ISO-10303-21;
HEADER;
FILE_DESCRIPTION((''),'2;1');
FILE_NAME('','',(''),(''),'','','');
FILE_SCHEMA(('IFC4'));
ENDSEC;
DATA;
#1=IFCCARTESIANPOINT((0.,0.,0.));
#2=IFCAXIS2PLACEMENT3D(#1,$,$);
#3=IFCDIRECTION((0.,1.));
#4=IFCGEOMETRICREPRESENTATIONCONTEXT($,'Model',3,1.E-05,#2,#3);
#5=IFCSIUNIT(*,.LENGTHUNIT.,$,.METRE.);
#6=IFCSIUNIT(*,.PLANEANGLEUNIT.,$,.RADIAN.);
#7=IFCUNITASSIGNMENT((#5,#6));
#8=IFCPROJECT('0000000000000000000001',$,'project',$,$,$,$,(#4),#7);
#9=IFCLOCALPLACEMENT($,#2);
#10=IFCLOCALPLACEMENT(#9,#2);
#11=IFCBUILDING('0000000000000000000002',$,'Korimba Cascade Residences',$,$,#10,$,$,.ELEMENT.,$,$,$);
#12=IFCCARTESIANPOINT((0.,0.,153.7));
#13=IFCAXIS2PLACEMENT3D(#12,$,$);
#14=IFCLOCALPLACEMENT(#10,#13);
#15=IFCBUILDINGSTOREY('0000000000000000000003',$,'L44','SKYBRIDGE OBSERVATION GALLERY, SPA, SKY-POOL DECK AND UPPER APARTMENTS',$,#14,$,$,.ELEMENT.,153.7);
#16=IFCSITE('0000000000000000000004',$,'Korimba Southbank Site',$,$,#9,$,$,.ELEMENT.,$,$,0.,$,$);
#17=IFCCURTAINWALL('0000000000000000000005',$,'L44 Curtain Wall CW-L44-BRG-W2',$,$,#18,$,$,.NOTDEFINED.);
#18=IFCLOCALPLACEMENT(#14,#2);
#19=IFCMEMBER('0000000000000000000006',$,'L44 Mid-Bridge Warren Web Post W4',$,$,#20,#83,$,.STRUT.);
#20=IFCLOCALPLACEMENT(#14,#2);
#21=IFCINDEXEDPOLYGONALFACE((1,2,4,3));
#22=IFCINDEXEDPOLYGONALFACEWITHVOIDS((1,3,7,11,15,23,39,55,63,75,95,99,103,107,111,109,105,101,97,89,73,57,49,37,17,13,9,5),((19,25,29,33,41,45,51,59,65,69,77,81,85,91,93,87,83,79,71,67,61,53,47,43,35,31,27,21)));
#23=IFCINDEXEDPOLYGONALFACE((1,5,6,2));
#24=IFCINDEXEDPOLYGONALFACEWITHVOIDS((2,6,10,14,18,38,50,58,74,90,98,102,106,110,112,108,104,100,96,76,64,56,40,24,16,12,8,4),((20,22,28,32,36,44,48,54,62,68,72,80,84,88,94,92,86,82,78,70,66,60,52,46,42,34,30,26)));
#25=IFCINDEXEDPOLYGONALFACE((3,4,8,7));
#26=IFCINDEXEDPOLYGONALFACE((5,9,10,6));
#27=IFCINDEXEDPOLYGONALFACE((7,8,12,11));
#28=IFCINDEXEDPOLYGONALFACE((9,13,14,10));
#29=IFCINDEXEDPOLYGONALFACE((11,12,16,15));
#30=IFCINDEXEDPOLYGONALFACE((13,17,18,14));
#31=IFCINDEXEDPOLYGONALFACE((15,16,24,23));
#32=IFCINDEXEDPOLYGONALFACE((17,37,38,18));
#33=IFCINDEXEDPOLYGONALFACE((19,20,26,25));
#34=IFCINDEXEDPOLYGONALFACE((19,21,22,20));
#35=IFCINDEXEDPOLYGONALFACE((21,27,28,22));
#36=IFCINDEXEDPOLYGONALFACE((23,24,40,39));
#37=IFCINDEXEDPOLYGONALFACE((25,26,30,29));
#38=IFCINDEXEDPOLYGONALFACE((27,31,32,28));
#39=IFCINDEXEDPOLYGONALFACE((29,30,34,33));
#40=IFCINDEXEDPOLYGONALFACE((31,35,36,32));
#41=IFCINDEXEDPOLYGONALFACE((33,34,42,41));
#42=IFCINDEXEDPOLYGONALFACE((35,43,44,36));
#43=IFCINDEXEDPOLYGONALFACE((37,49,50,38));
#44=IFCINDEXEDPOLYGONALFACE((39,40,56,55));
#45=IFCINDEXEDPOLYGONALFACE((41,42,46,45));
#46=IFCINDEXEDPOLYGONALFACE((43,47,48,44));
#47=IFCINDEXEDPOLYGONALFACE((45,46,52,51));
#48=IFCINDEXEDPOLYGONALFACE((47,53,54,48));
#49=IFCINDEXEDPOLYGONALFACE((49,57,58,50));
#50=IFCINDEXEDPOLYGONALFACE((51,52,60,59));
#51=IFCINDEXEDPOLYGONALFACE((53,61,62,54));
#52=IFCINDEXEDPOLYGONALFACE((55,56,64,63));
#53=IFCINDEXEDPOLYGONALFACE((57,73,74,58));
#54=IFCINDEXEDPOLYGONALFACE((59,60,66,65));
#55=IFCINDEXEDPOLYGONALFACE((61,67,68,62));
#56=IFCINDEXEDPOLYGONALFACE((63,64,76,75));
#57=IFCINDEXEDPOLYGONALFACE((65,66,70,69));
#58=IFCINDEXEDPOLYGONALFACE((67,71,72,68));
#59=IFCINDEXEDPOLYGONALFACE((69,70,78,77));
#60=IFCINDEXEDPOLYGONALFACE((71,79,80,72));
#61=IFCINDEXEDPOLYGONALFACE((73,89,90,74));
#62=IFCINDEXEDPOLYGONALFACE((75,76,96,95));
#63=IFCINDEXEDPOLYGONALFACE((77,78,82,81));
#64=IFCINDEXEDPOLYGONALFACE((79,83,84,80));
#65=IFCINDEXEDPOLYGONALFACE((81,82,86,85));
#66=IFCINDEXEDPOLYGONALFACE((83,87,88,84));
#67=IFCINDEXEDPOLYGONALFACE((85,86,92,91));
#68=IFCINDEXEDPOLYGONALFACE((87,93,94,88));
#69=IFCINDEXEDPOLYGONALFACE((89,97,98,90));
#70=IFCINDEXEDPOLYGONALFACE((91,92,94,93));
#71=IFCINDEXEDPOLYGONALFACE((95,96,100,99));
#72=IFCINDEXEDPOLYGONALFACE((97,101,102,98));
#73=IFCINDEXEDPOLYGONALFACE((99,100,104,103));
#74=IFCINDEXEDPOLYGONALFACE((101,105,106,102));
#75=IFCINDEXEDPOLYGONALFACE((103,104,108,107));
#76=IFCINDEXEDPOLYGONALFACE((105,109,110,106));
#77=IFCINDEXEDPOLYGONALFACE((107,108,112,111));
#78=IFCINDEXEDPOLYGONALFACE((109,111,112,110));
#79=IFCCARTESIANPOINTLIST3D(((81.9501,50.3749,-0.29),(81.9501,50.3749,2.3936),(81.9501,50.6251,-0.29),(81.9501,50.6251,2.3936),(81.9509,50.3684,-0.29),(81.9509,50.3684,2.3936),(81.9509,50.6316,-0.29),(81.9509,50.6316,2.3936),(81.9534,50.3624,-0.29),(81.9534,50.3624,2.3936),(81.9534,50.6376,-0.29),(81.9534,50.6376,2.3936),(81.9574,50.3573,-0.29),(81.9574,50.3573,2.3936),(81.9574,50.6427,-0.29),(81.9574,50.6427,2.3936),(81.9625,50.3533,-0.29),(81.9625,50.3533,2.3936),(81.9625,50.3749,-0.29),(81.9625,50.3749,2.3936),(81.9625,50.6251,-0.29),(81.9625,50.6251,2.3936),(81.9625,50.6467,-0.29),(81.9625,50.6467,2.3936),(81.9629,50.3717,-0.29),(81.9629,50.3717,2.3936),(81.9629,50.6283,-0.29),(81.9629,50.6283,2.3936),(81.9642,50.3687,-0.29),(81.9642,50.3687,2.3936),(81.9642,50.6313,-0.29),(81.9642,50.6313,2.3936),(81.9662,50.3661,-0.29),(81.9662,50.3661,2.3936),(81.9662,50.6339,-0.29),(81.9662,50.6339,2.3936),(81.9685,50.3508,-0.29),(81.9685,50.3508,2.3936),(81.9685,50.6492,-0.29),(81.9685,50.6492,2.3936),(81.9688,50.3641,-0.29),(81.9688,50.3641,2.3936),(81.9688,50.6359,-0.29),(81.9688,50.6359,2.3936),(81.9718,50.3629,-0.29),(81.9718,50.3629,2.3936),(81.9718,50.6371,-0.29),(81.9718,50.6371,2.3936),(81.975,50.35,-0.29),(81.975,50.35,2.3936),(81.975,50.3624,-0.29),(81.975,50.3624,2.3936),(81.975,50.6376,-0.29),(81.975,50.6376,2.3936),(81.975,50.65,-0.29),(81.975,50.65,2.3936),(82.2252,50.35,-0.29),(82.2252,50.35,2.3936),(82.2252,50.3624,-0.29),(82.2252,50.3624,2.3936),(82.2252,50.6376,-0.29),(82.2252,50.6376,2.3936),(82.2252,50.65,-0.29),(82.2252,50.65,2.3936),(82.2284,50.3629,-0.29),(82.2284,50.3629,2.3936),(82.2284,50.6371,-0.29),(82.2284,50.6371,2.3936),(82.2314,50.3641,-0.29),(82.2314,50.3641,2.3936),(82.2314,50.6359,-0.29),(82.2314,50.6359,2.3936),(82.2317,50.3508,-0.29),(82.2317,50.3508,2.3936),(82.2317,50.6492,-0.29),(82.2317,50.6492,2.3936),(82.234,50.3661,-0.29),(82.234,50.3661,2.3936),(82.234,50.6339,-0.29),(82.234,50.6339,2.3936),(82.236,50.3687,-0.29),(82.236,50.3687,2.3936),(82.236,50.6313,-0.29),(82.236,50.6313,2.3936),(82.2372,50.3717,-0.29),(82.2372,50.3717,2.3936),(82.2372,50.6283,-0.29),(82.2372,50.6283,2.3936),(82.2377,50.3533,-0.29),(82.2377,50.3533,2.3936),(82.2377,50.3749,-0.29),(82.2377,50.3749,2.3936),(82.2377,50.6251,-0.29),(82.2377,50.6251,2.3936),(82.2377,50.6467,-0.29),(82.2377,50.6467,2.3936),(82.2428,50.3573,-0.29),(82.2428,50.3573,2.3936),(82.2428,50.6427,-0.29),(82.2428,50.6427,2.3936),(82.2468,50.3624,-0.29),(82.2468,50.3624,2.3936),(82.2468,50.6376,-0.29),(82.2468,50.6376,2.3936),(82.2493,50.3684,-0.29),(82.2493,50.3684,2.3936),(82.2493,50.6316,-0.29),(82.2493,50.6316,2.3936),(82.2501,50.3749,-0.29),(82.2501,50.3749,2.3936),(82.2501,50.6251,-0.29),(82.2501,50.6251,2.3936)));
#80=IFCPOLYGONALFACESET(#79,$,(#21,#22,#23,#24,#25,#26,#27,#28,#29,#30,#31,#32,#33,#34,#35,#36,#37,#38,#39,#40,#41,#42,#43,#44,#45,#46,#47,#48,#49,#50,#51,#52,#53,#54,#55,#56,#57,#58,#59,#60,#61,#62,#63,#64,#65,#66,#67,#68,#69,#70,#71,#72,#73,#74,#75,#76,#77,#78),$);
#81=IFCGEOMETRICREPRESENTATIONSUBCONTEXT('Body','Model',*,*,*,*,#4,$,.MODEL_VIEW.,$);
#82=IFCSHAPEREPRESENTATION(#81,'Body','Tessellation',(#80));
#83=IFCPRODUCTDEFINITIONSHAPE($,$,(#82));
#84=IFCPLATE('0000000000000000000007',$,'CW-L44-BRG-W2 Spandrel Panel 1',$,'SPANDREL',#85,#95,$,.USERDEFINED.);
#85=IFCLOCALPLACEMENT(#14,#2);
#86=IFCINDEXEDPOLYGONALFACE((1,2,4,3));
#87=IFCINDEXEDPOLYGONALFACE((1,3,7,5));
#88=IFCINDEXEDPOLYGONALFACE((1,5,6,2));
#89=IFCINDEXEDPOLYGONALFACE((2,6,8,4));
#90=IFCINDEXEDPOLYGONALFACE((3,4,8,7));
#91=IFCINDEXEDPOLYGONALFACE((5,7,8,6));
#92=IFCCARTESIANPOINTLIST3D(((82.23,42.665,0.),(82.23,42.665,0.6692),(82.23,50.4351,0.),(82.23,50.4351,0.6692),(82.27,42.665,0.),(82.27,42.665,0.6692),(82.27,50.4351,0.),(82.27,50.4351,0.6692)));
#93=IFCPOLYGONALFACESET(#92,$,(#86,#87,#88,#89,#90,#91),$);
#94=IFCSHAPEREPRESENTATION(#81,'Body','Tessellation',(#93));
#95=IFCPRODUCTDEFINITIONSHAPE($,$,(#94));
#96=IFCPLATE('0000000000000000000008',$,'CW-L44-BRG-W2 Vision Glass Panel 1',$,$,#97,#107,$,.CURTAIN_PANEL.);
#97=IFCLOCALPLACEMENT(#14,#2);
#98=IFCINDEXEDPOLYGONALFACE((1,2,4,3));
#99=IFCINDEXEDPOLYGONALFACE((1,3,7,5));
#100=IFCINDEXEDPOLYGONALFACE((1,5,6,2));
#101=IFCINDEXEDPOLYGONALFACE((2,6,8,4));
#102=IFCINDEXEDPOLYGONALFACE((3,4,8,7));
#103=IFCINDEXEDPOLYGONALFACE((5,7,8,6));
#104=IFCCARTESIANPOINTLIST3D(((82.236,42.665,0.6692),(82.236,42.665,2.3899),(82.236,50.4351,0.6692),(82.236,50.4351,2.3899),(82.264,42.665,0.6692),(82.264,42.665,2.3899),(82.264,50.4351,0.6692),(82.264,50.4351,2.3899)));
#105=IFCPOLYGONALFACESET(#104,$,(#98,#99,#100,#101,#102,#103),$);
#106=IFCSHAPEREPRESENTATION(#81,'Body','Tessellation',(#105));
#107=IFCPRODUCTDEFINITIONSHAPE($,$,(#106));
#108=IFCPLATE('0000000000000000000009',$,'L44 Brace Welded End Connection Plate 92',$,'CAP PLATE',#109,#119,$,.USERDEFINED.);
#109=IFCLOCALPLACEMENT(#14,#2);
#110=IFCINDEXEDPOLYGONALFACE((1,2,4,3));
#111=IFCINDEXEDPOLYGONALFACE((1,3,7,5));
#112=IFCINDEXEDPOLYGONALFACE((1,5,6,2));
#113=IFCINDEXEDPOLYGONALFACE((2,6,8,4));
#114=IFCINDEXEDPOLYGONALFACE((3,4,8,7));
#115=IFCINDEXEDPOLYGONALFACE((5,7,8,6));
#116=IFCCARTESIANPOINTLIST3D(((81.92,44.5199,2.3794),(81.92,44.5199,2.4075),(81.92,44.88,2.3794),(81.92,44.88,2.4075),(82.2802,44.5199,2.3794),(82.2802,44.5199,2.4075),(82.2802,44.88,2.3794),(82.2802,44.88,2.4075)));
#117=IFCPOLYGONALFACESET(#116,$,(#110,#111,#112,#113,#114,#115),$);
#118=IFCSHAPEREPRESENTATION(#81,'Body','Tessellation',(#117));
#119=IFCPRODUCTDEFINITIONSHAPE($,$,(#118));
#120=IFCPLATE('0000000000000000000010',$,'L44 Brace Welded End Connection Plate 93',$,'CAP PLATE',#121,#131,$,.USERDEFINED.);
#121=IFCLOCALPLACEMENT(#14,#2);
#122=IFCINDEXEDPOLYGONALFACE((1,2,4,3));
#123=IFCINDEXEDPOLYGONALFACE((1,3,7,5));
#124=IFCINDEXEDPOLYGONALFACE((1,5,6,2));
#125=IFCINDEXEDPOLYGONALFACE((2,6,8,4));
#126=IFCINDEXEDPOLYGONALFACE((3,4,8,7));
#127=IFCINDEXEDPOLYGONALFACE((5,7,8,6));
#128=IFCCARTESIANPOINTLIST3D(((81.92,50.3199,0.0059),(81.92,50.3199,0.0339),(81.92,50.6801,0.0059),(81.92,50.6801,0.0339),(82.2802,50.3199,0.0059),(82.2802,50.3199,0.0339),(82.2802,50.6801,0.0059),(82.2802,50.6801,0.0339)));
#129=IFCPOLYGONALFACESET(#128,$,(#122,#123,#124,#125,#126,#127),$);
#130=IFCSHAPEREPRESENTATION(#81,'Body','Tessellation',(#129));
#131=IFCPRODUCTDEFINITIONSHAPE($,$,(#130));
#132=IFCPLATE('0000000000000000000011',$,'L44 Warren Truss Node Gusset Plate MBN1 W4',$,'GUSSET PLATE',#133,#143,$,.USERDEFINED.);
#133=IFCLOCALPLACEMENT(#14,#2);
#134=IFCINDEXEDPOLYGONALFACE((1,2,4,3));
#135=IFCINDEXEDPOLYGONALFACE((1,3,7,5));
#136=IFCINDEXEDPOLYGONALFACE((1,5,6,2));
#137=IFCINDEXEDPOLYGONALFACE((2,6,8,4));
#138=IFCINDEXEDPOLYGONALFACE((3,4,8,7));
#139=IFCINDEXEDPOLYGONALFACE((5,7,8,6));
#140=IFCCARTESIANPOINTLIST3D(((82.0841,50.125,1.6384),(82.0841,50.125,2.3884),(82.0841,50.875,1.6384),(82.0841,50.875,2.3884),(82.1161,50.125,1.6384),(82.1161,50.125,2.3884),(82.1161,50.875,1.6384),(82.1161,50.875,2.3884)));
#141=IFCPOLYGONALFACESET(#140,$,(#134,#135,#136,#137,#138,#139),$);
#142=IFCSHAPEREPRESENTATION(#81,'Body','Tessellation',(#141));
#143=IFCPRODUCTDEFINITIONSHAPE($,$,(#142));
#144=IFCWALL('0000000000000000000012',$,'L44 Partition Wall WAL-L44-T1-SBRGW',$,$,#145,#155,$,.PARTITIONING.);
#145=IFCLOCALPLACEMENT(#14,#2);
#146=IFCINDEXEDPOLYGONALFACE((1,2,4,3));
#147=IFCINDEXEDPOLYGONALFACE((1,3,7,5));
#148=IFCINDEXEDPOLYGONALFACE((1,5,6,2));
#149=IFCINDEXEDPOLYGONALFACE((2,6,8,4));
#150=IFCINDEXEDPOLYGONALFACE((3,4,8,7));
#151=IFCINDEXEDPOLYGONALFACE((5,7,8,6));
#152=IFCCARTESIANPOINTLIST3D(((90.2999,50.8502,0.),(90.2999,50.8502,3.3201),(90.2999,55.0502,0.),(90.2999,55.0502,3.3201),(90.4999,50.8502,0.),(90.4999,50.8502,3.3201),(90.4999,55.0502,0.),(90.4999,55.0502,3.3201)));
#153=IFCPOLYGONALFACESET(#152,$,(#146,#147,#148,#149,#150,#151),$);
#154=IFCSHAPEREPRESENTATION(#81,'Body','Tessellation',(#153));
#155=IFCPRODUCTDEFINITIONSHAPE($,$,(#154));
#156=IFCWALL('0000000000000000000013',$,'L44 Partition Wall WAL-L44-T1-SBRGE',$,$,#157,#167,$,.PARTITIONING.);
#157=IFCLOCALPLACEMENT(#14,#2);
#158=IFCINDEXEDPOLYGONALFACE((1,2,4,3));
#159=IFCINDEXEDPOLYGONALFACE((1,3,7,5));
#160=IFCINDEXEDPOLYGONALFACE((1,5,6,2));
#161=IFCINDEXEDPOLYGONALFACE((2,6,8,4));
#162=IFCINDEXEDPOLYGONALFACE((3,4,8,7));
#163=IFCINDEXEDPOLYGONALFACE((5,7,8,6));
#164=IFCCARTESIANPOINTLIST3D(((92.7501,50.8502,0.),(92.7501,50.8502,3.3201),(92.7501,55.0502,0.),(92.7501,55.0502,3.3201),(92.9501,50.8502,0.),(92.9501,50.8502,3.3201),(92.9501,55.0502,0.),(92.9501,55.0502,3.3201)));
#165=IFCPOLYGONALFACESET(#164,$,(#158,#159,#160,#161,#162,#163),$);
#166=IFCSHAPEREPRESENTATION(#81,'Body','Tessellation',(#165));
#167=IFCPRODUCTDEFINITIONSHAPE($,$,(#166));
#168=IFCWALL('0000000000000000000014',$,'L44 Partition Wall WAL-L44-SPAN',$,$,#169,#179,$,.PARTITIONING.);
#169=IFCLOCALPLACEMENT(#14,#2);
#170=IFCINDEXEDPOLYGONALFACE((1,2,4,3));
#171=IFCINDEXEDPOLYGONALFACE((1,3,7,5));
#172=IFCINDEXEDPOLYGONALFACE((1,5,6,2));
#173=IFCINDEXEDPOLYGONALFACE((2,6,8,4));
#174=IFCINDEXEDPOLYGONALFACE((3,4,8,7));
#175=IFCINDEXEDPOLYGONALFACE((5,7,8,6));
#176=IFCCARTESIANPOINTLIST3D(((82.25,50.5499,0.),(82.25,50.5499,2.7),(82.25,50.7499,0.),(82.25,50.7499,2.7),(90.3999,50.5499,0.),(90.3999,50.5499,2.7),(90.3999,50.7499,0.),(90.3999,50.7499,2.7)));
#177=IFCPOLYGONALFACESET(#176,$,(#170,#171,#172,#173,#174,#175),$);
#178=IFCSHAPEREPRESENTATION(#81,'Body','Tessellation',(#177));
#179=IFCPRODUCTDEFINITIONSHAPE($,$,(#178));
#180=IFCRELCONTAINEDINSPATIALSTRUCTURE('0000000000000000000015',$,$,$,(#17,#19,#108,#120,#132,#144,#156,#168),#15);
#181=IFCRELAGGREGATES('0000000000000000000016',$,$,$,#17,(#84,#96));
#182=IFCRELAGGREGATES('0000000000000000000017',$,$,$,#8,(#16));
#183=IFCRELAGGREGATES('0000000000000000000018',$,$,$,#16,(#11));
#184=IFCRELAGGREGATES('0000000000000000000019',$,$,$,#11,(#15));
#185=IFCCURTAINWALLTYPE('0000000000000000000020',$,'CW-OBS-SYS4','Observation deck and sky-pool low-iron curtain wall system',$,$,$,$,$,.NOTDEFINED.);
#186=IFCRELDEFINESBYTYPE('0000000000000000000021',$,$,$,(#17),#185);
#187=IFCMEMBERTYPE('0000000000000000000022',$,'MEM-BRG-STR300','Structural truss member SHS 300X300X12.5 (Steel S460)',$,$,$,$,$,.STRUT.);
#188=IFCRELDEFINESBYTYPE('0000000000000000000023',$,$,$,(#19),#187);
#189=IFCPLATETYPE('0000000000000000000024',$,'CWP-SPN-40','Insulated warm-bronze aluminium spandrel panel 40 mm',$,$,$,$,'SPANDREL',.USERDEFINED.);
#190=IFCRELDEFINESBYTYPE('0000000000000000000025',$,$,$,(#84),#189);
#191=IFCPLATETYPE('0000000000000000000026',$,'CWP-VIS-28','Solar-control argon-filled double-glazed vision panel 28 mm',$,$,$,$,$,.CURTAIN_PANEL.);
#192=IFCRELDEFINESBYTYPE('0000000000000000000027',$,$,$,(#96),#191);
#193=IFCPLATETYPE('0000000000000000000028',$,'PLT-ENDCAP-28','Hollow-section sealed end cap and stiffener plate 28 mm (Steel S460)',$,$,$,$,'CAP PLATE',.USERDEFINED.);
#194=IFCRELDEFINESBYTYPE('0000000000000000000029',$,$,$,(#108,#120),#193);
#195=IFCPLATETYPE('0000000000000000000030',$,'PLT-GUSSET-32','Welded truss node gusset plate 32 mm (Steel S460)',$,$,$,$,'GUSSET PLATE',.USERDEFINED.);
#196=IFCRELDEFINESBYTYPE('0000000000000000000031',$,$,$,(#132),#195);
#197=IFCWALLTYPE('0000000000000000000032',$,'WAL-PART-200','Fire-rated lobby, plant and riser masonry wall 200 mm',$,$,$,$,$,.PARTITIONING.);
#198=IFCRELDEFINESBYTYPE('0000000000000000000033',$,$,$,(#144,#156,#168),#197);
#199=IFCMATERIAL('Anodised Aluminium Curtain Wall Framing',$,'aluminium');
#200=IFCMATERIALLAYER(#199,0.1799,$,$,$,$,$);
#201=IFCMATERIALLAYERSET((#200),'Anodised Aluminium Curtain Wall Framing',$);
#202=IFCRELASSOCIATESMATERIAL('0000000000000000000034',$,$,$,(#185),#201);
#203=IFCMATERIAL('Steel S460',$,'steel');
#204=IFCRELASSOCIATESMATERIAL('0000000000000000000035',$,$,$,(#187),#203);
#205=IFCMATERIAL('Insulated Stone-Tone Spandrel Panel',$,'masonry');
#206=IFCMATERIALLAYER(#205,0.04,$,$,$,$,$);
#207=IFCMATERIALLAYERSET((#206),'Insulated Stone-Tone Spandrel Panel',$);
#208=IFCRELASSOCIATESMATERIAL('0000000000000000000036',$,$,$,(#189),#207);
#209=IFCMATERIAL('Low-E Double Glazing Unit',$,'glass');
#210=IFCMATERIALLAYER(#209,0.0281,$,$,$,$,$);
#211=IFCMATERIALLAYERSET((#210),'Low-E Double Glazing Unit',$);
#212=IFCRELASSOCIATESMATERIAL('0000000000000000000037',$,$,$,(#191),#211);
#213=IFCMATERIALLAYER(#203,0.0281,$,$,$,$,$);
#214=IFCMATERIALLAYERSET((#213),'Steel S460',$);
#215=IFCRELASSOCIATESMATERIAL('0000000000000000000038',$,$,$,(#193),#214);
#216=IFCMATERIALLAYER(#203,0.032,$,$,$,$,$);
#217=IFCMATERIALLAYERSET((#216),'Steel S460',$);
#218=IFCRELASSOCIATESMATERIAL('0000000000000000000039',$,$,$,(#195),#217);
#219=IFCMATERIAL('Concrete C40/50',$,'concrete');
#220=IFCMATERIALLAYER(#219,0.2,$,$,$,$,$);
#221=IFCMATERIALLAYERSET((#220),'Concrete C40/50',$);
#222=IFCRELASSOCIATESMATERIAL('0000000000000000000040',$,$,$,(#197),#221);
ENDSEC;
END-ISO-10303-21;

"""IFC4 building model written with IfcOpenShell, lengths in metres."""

from ifc_helpers import new_model, si_unit, direction, frame, frame_2d, origin, origin_2d, place, context, subcontext, project, spatial, rectangle, hollow_rectangle, extrude, material, layer, layer_set, material_profile, profile_set, type_object, element, aggregate, save


model = new_model("IFC4")

# Units and contexts
model_context = context("Model", 3, precision=1e-05, world=origin(), true_north=direction((0.0, 1.0)))
body_context = subcontext(model_context, "Body", "Model", "MODEL_VIEW")
ifc_project = project(units=[si_unit("LENGTHUNIT", "METRE"), si_unit("PLANEANGLEUNIT", "RADIAN")], contexts=[model_context])

# Site, building, storey
site_placement = place(None, origin())
site = spatial("IfcSite", under=ifc_project, at=site_placement, Name="Korimba Southbank Site", CompositionType="ELEMENT", RefElevation=0.0)
building_placement = place(site_placement, origin())
building = spatial("IfcBuilding", under=site, at=building_placement, Name="Korimba Cascade Residences", CompositionType="ELEMENT")
storey_placement = place(building_placement, frame((0.0, 0.0, 153.7)))
storey = spatial("IfcBuildingStorey", under=building, at=storey_placement, Name="L44", Description="SKYBRIDGE OBSERVATION GALLERY, SPA, SKY-POOL DECK AND UPPER APARTMENTS", CompositionType="ELEMENT", Elevation=153.7)

# Shared definitions
ifc_material_1 = material(Name="Steel S460", Category="steel")

# Curtain wall
ifc_material_2 = material(Name="Anodised Aluminium Curtain Wall Framing", Category="aluminium")
ifc_layer_1 = layer(ifc_material_2, 0.1799)
ifc_layer_set_1 = layer_set([ifc_layer_1], Name="Anodised Aluminium Curtain Wall Framing")
curtain_wall_type = type_object("IfcCurtainWallType", Name="CW-OBS-SYS4", Description="Observation deck and sky-pool low-iron curtain wall system", PredefinedType="NOTDEFINED", material=ifc_layer_set_1)
curtain_wall_placement = place(storey_placement, origin())
curtain_wall = element("IfcCurtainWall", 1, at=curtain_wall_placement, inside=storey, type_object=curtain_wall_type, Name="L44 Curtain Wall CW-L44-BRG-W2", PredefinedType="NOTDEFINED")

# Member
ifc_material_profile_1 = material_profile(ifc_material_1, hollow_rectangle(XDim=0.3, YDim=0.3, WallThickness=0.0125, InnerFilletRadius=0.0125, OuterFilletRadius=0.0249, at=origin_2d()), Name="Steel S460")
ifc_profile_set_1 = profile_set([ifc_material_profile_1], Name="Steel S460")
member_type_1 = type_object("IfcMemberType", Name="MEM-BRG-STR300", Description="Structural truss member SHS 300X300X12.5 (Steel S460)", PredefinedType="STRUT", material=ifc_profile_set_1)
member_1_placement = place(storey_placement, frame((82.1001, 50.5, -0.29), z_axis=(0.0, 0.0, 1.0), x_axis=(1.0, 0.0, 0.0)))
element("IfcMember", 2, at=member_1_placement, inside=storey, type_object=member_type_1, Name="L44 Mid-Bridge Warren Web Post W4", PredefinedType="STRUT", context=body_context, shape_type="SweptSolid", body=[
    extrude(hollow_rectangle(XDim=0.3, YDim=0.3, WallThickness=0.0125, InnerFilletRadius=0.0125, OuterFilletRadius=0.0249, at=origin_2d()), origin(), (0.0, 0.0, 1.0), 2.6836),
])

# Plates
ifc_material_3 = material(Name="Insulated Stone-Tone Spandrel Panel", Category="masonry")
ifc_layer_2 = layer(ifc_material_3, 0.04)
ifc_layer_set_2 = layer_set([ifc_layer_2], Name="Insulated Stone-Tone Spandrel Panel")
plate_type_1 = type_object("IfcPlateType", Name="CWP-SPN-40", Description="Insulated warm-bronze aluminium spandrel panel 40 mm", ElementType="SPANDREL", PredefinedType="USERDEFINED", material=ifc_layer_set_2)
plate_1_placement = place(storey_placement, frame((82.25, 46.55, 0.0), z_axis=(0.0, 0.0, 1.0), x_axis=(0.0, 1.0, 0.0)))
plate_1 = element("IfcPlate", 3, at=plate_1_placement, type_object=plate_type_1, Name="CW-L44-BRG-W2 Spandrel Panel 1", ObjectType="SPANDREL", PredefinedType="USERDEFINED", context=body_context, shape_type="SweptSolid", body=[
    extrude(rectangle(XDim=7.77, YDim=0.04, at=origin_2d()), origin(), (0.0, 0.0, 1.0), 0.6692),
])
ifc_material_4 = material(Name="Low-E Double Glazing Unit", Category="glass")
ifc_layer_3 = layer(ifc_material_4, 0.0281)
ifc_layer_set_3 = layer_set([ifc_layer_3], Name="Low-E Double Glazing Unit")
plate_type_2 = type_object("IfcPlateType", Name="CWP-VIS-28", Description="Solar-control argon-filled double-glazed vision panel 28 mm", PredefinedType="CURTAIN_PANEL", material=ifc_layer_set_3)
plate_2_placement = place(storey_placement, frame((82.25, 46.55, 0.6692), z_axis=(0.0, 0.0, 1.0), x_axis=(0.0, 1.0, 0.0)))
plate_2 = element("IfcPlate", 4, at=plate_2_placement, type_object=plate_type_2, Name="CW-L44-BRG-W2 Vision Glass Panel 1", PredefinedType="CURTAIN_PANEL", context=body_context, shape_type="SweptSolid", body=[
    extrude(rectangle(XDim=7.77, YDim=0.0281, at=origin_2d()), origin(), (0.0, 0.0, 1.0), 1.7207),
])
aggregate(curtain_wall, [plate_1, plate_2])

# Plates
ifc_layer_4 = layer(ifc_material_1, 0.0281)
ifc_layer_set_4 = layer_set([ifc_layer_4], Name="Steel S460")
plate_type_3 = type_object("IfcPlateType", Name="PLT-ENDCAP-28", Description="Hollow-section sealed end cap and stiffener plate 28 mm (Steel S460)", ElementType="CAP PLATE", PredefinedType="USERDEFINED", material=ifc_layer_set_4)
for number, where, z_axis, x_axis, name in (
    (5, (82.1001, 44.7, 2.3794), (0.0, 0.0, 1.0), (1.0, 0.0, 0.0), "L44 Brace Welded End Connection Plate 92"),
    (6, (82.1001, 50.5, 0.0059), (0.0, 0.0, 1.0), (1.0, 0.0, 0.0), "L44 Brace Welded End Connection Plate 93"),
):
    element("IfcPlate", number, at=place(storey_placement, frame(where, z_axis=z_axis, x_axis=x_axis)), inside=storey, type_object=plate_type_3, Name=name, ObjectType="CAP PLATE", PredefinedType="USERDEFINED", context=body_context, shape_type="SweptSolid", body=[
        extrude(rectangle(XDim=0.3601, YDim=0.3601, at=origin_2d()), origin(), (0.0, 0.0, 1.0), 0.0281),
    ])
ifc_layer_5 = layer(ifc_material_1, 0.032)
ifc_layer_set_5 = layer_set([ifc_layer_5], Name="Steel S460")
plate_type_4 = type_object("IfcPlateType", Name="PLT-GUSSET-32", Description="Welded truss node gusset plate 32 mm (Steel S460)", ElementType="GUSSET PLATE", PredefinedType="USERDEFINED", material=ifc_layer_set_5)
plate_3_placement = place(storey_placement, frame((82.1001, 50.5, 1.6384), z_axis=(0.0, 0.0, 1.0), x_axis=(1.0, 0.0, 0.0)))
element("IfcPlate", 7, at=plate_3_placement, inside=storey, type_object=plate_type_4, Name="L44 Warren Truss Node Gusset Plate MBN1 W4", ObjectType="GUSSET PLATE", PredefinedType="USERDEFINED", context=body_context, shape_type="SweptSolid", body=[
    extrude(rectangle(XDim=0.032, YDim=0.75, at=origin_2d()), origin(), (0.0, 0.0, 1.0), 0.75),
])

# Walls
ifc_material_5 = material(Name="Concrete C40/50", Category="concrete")
ifc_layer_6 = layer(ifc_material_5, 0.2)
ifc_layer_set_6 = layer_set([ifc_layer_6], Name="Concrete C40/50")
wall_type = type_object("IfcWallType", Name="WAL-PART-200", Description="Fire-rated lobby, plant and riser masonry wall 200 mm", PredefinedType="PARTITIONING", material=ifc_layer_set_6)
for number, where, z_axis, x_axis, name in (
    (8, (90.3999, 50.8501, 0.0), (0.0, 0.0, 1.0), (0.0, 1.0, 0.0), "L44 Partition Wall WAL-L44-T1-SBRGW"),
    (9, (92.8501, 50.8501, 0.0), (0.0, 0.0, 1.0), (0.0, 1.0, 0.0), "L44 Partition Wall WAL-L44-T1-SBRGE"),
):
    element("IfcWall", number, at=place(storey_placement, frame(where, z_axis=z_axis, x_axis=x_axis)), inside=storey, type_object=wall_type, Name=name, PredefinedType="PARTITIONING", context=body_context, shape_type="SweptSolid", body=[
        extrude(rectangle(XDim=4.2, YDim=0.2, at=frame_2d((2.1001, 0.0))), origin(), (0.0, 0.0, 1.0), 3.3201),
    ])
wall_placement = place(storey_placement, frame((82.25, 50.6499, 0.0), z_axis=(0.0, 0.0, 1.0), x_axis=(1.0, 0.0, 0.0)))
element("IfcWall", 10, at=wall_placement, inside=storey, type_object=wall_type, Name="L44 Partition Wall WAL-L44-SPAN", PredefinedType="PARTITIONING", context=body_context, shape_type="SweptSolid", body=[
    extrude(rectangle(XDim=8.1499, YDim=0.2, at=frame_2d((4.075, 0.0))), origin(), (0.0, 0.0, 1.0), 2.7),
])

save(model, "model.ifc")
